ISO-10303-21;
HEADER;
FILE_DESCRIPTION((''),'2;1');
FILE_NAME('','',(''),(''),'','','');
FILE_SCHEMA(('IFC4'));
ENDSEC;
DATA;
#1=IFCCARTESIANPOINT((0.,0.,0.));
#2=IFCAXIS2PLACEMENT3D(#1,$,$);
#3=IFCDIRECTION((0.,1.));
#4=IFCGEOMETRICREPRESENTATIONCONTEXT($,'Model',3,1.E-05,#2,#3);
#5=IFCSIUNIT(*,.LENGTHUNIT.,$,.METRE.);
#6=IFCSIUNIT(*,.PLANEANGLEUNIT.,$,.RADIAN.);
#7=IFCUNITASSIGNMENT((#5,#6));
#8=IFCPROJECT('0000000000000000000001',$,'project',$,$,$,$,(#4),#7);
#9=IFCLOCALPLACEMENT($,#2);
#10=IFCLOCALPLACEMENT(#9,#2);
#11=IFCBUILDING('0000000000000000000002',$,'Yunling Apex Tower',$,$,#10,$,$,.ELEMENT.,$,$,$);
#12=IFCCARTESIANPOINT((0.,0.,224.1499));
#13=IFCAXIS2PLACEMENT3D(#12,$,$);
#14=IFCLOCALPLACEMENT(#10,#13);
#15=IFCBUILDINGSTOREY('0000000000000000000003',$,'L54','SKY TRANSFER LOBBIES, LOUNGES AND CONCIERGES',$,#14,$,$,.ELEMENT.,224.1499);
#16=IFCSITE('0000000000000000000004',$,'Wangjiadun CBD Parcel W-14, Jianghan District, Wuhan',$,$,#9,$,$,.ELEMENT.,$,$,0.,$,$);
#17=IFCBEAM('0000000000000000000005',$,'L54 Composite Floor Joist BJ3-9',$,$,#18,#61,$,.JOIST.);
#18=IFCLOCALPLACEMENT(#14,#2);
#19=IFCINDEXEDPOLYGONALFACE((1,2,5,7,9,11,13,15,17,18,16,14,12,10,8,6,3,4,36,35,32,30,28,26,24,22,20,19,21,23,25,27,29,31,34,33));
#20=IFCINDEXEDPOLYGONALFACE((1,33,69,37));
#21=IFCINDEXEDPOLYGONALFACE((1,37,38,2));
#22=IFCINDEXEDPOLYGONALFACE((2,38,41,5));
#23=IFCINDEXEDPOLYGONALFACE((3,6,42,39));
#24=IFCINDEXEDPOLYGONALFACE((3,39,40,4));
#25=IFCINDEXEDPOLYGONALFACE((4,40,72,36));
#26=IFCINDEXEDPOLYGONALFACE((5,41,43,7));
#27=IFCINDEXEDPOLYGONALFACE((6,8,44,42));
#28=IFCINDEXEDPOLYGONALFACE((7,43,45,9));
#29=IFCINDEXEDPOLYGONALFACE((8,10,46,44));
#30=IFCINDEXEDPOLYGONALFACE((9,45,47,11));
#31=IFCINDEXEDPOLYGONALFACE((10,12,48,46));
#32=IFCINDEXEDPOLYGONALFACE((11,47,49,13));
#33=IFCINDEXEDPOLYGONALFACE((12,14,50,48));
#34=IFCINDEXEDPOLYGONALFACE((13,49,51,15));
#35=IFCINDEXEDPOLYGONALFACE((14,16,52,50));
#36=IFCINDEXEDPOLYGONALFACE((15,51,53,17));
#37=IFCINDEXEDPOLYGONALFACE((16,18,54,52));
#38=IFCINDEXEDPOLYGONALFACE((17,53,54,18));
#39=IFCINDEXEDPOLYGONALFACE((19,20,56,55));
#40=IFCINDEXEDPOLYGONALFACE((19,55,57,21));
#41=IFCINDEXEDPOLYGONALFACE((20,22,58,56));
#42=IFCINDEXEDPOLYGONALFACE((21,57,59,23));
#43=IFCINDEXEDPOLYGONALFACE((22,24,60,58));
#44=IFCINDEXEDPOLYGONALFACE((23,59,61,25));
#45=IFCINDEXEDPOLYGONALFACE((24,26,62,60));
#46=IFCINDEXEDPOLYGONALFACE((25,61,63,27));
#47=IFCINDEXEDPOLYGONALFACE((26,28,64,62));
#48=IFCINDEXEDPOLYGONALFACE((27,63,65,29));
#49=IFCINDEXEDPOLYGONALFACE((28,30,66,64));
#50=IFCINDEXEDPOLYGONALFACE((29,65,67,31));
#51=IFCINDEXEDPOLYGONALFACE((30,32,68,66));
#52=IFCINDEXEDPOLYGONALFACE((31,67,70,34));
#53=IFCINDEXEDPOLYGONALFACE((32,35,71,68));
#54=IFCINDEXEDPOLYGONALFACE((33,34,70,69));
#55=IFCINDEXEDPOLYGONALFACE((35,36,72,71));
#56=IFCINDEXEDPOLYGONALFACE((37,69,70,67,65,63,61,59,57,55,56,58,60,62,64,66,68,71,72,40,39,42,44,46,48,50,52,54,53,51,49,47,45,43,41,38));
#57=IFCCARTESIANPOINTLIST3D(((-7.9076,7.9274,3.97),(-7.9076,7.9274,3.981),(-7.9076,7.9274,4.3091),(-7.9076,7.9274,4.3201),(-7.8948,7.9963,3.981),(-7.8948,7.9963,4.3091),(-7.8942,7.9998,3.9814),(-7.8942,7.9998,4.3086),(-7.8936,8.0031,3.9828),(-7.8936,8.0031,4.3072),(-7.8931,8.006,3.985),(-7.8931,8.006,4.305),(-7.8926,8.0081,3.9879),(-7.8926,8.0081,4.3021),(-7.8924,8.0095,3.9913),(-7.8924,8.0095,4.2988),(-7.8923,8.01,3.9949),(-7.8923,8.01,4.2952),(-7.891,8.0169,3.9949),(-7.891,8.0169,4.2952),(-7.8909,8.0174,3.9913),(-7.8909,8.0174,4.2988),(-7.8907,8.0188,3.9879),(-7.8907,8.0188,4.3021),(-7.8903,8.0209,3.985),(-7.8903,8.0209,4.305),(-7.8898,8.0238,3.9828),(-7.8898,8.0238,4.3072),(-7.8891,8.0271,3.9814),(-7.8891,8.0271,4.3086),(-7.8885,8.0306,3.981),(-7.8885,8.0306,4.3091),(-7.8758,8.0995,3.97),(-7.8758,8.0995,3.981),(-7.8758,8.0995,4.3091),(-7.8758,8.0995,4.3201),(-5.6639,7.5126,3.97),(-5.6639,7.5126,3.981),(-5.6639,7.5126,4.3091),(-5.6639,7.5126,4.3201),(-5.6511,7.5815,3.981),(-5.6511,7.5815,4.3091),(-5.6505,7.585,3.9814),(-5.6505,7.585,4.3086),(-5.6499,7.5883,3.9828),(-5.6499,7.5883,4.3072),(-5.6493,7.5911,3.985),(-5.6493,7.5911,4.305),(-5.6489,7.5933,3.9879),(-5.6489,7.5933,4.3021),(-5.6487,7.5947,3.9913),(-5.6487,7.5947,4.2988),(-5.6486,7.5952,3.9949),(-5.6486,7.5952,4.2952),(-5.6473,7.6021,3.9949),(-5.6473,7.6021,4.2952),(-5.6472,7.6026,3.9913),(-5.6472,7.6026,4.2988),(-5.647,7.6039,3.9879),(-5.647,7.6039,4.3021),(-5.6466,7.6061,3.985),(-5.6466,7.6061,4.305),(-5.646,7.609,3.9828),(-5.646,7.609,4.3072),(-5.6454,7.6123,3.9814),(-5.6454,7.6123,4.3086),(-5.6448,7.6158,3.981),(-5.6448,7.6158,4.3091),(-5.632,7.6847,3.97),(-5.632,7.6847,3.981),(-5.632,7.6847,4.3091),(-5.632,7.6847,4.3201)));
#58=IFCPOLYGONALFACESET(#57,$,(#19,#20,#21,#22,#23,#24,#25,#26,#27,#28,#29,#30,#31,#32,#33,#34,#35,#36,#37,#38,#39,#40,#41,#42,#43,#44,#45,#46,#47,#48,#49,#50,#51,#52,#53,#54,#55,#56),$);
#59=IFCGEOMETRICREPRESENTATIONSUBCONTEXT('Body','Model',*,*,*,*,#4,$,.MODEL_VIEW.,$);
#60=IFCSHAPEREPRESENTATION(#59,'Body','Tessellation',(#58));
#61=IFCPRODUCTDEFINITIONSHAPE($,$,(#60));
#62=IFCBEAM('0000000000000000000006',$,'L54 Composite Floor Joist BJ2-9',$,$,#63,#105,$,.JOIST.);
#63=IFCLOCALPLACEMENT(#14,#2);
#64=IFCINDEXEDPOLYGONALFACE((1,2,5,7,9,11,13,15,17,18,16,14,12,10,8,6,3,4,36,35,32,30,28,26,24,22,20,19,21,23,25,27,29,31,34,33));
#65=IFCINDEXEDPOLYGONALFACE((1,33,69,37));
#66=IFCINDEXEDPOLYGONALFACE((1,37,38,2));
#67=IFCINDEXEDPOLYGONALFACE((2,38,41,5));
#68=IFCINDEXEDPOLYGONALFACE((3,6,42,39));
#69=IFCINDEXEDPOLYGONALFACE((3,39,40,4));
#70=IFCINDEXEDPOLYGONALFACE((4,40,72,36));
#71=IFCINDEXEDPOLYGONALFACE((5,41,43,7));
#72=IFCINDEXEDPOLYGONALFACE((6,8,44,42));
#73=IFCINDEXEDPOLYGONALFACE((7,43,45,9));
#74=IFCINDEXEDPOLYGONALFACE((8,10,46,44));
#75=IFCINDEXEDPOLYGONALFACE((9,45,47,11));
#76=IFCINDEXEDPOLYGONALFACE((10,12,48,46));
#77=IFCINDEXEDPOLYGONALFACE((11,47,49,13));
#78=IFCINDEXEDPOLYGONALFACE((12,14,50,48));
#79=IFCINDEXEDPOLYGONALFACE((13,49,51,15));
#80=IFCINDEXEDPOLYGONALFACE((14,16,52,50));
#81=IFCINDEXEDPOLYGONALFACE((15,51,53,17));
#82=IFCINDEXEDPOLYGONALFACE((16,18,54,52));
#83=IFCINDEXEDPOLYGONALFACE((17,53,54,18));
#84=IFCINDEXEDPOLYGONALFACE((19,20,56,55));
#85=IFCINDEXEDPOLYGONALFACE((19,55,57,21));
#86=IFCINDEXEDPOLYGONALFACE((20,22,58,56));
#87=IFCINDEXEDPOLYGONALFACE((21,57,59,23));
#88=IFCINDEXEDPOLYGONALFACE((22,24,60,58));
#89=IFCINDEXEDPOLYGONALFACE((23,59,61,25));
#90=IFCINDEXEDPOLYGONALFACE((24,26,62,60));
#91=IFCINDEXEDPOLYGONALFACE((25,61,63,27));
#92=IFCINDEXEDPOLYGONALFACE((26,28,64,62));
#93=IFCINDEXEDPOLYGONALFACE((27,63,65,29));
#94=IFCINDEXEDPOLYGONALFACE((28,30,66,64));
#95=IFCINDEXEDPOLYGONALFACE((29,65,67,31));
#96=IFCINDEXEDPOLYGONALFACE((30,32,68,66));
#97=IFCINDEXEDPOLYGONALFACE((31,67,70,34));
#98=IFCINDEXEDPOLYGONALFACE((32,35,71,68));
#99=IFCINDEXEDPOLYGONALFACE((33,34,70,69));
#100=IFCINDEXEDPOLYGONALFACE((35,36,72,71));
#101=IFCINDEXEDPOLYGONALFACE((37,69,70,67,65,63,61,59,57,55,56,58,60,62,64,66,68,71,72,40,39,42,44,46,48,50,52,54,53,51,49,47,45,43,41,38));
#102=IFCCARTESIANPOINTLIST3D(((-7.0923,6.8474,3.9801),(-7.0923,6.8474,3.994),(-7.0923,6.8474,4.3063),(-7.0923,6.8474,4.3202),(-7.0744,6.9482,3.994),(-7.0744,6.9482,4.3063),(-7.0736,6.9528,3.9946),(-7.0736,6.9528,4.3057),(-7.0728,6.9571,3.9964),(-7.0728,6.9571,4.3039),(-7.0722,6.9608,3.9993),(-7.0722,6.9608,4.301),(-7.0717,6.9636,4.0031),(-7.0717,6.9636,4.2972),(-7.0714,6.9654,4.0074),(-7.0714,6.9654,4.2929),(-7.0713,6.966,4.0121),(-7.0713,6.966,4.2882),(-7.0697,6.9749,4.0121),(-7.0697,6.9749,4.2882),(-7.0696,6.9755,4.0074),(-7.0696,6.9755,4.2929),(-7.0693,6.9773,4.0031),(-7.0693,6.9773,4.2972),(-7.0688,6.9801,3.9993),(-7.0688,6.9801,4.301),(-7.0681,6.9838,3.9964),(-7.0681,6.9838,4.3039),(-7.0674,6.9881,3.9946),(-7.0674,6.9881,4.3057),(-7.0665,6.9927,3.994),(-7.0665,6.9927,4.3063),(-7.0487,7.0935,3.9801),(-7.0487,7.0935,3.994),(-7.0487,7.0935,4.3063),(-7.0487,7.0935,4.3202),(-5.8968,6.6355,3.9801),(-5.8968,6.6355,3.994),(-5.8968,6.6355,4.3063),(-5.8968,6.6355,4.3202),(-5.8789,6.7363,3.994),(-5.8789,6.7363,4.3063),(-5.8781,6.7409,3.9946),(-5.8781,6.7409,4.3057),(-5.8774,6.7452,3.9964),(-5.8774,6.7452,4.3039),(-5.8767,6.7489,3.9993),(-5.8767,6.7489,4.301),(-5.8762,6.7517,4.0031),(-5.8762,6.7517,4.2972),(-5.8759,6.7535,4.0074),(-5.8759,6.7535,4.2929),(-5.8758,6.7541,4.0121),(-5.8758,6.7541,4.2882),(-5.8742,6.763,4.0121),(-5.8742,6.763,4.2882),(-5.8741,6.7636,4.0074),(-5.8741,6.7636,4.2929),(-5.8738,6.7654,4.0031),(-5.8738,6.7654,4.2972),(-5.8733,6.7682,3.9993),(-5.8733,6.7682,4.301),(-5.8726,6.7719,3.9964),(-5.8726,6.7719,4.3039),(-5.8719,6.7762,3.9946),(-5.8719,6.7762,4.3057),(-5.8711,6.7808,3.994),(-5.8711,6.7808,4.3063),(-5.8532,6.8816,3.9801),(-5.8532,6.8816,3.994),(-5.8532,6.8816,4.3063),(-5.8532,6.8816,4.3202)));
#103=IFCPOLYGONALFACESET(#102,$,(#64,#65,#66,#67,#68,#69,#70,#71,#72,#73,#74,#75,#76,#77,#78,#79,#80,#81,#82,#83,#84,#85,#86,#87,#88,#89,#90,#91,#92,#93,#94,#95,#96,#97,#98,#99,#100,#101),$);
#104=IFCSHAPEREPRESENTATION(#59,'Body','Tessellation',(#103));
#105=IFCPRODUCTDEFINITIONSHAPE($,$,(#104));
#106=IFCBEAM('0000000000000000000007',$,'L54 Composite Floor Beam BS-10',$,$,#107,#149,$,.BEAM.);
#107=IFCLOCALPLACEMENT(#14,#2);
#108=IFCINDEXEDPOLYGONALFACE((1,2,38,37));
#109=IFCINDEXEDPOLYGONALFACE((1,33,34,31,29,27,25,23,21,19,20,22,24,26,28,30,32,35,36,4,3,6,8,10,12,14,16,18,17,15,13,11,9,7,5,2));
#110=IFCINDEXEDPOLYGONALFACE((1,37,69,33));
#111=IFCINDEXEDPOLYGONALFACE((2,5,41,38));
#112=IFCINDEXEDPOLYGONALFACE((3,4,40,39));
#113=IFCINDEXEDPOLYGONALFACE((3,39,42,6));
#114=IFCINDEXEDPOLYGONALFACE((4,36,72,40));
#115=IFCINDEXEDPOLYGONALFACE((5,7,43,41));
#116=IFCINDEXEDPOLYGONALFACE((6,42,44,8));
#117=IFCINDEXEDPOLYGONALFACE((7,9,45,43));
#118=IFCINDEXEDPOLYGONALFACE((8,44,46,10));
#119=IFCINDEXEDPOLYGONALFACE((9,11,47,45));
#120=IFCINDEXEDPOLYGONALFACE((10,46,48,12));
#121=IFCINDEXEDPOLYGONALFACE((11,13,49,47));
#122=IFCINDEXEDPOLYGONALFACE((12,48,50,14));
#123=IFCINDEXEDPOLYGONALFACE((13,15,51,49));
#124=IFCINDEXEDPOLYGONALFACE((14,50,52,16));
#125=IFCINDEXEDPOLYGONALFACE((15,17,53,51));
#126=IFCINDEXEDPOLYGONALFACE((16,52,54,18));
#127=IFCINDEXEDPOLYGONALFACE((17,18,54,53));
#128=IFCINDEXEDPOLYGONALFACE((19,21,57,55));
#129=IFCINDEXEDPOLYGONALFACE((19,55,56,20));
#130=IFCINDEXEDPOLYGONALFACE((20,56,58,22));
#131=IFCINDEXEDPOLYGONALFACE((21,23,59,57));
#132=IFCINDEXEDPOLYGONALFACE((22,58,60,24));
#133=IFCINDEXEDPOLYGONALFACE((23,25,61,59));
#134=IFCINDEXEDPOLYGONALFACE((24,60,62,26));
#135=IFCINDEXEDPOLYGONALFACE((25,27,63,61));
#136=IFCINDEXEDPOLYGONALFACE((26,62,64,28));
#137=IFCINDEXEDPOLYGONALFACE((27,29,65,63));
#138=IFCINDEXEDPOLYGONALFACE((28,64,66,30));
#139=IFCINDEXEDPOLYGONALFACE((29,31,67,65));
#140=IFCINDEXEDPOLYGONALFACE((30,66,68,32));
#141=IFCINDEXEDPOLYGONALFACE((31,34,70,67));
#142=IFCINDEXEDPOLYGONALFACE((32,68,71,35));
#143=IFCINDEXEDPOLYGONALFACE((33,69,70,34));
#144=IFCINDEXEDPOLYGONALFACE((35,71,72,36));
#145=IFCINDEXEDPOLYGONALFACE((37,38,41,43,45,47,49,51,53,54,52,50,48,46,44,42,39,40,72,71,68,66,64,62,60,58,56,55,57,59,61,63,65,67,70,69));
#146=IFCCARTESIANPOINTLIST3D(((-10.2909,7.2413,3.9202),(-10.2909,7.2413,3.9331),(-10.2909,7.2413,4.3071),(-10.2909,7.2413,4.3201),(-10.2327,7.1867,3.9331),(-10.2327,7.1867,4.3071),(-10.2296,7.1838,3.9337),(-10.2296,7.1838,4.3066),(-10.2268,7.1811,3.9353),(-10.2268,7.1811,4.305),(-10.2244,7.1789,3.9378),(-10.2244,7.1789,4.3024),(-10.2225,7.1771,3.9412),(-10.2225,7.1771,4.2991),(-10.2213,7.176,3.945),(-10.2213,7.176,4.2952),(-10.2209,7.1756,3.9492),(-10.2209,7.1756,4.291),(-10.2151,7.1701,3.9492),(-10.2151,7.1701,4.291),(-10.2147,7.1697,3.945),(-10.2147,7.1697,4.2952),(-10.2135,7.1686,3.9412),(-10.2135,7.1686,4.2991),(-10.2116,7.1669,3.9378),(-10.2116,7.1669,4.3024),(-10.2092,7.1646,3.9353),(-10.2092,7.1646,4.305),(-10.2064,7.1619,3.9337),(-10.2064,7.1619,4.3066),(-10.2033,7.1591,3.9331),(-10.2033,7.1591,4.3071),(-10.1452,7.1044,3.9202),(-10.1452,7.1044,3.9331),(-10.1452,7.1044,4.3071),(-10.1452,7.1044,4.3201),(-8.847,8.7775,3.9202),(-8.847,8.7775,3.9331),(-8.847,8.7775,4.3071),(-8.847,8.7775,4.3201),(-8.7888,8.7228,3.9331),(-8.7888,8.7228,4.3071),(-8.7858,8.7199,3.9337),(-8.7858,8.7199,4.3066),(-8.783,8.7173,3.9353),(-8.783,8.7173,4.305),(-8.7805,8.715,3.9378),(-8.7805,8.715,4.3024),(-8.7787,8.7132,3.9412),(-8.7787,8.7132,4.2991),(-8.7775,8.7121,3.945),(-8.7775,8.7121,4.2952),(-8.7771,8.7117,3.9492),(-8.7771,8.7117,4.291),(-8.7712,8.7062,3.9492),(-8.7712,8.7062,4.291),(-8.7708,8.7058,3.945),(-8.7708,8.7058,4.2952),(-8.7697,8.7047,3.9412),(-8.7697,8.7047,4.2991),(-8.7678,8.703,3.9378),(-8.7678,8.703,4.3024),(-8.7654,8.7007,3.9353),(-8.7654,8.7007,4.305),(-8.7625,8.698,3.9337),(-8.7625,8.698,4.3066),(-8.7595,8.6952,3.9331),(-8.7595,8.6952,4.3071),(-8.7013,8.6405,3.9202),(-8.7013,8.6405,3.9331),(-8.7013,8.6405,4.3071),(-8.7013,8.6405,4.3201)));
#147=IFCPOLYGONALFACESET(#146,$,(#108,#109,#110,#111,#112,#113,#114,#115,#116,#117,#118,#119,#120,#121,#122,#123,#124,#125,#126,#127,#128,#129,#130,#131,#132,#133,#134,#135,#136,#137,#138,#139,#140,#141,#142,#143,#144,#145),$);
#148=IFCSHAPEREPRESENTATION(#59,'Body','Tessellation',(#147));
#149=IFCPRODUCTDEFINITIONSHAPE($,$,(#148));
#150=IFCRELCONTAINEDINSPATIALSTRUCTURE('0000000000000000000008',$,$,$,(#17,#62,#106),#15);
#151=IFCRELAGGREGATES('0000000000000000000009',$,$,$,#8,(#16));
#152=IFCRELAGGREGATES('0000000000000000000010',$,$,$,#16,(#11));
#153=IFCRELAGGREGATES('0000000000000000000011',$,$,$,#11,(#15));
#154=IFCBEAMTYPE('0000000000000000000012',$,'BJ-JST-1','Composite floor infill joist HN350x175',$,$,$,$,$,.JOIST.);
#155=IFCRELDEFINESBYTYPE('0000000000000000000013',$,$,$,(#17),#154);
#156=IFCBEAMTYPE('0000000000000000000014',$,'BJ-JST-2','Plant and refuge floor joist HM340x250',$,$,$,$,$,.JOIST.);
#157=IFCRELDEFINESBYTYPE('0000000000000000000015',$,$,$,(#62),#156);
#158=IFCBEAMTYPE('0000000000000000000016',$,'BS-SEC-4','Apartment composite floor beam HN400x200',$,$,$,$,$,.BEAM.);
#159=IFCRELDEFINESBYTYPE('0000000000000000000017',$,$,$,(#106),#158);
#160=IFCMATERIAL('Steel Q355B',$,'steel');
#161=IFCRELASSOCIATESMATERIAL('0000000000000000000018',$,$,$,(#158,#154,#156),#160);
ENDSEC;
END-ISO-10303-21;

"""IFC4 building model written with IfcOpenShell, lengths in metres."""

from ifc_helpers import new_model, si_unit, direction, frame, origin, origin_2d, place, context, subcontext, project, spatial, i_section, extrude, source, transform, mapped, material, material_profile, profile_set, type_object, element, save


model = new_model("IFC4")

# Units and contexts
model_context = context("Model", 3, precision=1e-05, world=origin(), true_north=direction((0.0, 1.0)))
body_context = subcontext(model_context, "Body", "Model", "MODEL_VIEW")
ifc_project = project(units=[si_unit("LENGTHUNIT", "METRE"), si_unit("PLANEANGLEUNIT", "RADIAN")], contexts=[model_context])

# Site, building, storey
site_placement = place(None, origin())
site = spatial("IfcSite", under=ifc_project, at=site_placement, Name="Wangjiadun CBD Parcel W-14, Jianghan District, Wuhan", CompositionType="ELEMENT", RefElevation=0.0)
building_placement = place(site_placement, origin())
building = spatial("IfcBuilding", under=site, at=building_placement, Name="Yunling Apex Tower", CompositionType="ELEMENT")
storey_placement = place(building_placement, frame((0.0, 0.0, 224.1499)))
storey = spatial("IfcBuildingStorey", under=building, at=storey_placement, Name="L54", Description="SKY TRANSFER LOBBIES, LOUNGES AND CONCIERGES", CompositionType="ELEMENT", Elevation=224.1499)

# Beams
ifc_material_1 = material(Name="Steel Q355B", Category="steel")
ifc_material_profile_1 = material_profile(ifc_material_1, i_section(OverallWidth=0.2, OverallDepth=0.3999, WebThickness=0.0081, FlangeThickness=0.0129, FilletRadius=0.0161, at=origin_2d()))
ifc_profile_set_1 = profile_set([ifc_material_profile_1], Name="Steel Q355B")
beam_type_1 = type_object("IfcBeamType", Name="BS-SEC-4", Description="Apartment composite floor beam HN400x200", PredefinedType="BEAM", material=ifc_profile_set_1)
ifc_material_profile_2 = material_profile(ifc_material_1, i_section(OverallWidth=0.175, OverallDepth=0.3501, WebThickness=0.0071, FlangeThickness=0.011, FilletRadius=0.0139, at=origin_2d()))
ifc_profile_set_2 = profile_set([ifc_material_profile_2], Name="Steel Q355B")
beam_type_2 = type_object("IfcBeamType", Name="BJ-JST-1", Description="Composite floor infill joist HN350x175", PredefinedType="JOIST", material=ifc_profile_set_2)
shared_shape_1 = source(origin(), body_context, "Body", "SweptSolid", [
    extrude(i_section(OverallWidth=0.175, OverallDepth=0.3501, WebThickness=0.0071, FlangeThickness=0.011, FilletRadius=0.0139, at=origin_2d()), origin(), (0.0, 0.0, 1.0), 2.2817),
])
beam_1_placement = place(storey_placement, frame((-5.6479, 7.5986, 4.145), z_axis=(-0.983337, 0.181794, 0.0), x_axis=(-0.181794, -0.983337, 0.0)))
element("IfcBeam", 1, at=beam_1_placement, inside=storey, type_object=beam_type_2, Name="L54 Composite Floor Joist BJ3-9", PredefinedType="JOIST", context=body_context, shape_type="MappedRepresentation", body=[
    mapped(shared_shape_1, transform((0.0, 0.0, 0.0), scale=1.0)),
])
ifc_material_profile_3 = material_profile(ifc_material_1, i_section(OverallWidth=0.25, OverallDepth=0.3401, WebThickness=0.009, FlangeThickness=0.0139, FilletRadius=0.0181, at=origin_2d()))
ifc_profile_set_3 = profile_set([ifc_material_profile_3], Name="Steel Q355B")
beam_type_3 = type_object("IfcBeamType", Name="BJ-JST-2", Description="Plant and refuge floor joist HM340x250", PredefinedType="JOIST", material=ifc_profile_set_3)
shared_shape_2 = source(origin(), body_context, "Body", "SweptSolid", [
    extrude(i_section(OverallWidth=0.25, OverallDepth=0.3401, WebThickness=0.009, FlangeThickness=0.0139, FilletRadius=0.0181, at=origin_2d()), origin(), (0.0, 0.0, 1.0), 1.2141),
])
beam_2_placement = place(storey_placement, frame((-5.875, 6.7585, 4.1501), z_axis=(-0.984652, 0.174531, 0.0), x_axis=(-0.174531, -0.984652, 0.0)))
element("IfcBeam", 2, at=beam_2_placement, inside=storey, type_object=beam_type_3, Name="L54 Composite Floor Joist BJ2-9", PredefinedType="JOIST", context=body_context, shape_type="MappedRepresentation", body=[
    mapped(shared_shape_2, transform((0.0, 0.0, 0.0), scale=1.0)),
])
shared_shape_3 = source(origin(), body_context, "Body", "SweptSolid", [
    extrude(i_section(OverallWidth=0.2, OverallDepth=0.3999, WebThickness=0.0081, FlangeThickness=0.0129, FilletRadius=0.0161, at=origin_2d()), origin(), (0.0, 0.0, 1.0), 2.1082),
])
beam_3_placement = place(storey_placement, frame((-8.7742, 8.709, 4.1201), z_axis=(-0.68488, -0.728655, 0.0), x_axis=(0.728655, -0.68488, 0.0)))
element("IfcBeam", 3, at=beam_3_placement, inside=storey, type_object=beam_type_1, Name="L54 Composite Floor Beam BS-10", PredefinedType="BEAM", context=body_context, shape_type="MappedRepresentation", body=[
    mapped(shared_shape_3, transform((0.0, 0.0, 0.0), scale=1.0)),
])

save(model, "model.ifc")
